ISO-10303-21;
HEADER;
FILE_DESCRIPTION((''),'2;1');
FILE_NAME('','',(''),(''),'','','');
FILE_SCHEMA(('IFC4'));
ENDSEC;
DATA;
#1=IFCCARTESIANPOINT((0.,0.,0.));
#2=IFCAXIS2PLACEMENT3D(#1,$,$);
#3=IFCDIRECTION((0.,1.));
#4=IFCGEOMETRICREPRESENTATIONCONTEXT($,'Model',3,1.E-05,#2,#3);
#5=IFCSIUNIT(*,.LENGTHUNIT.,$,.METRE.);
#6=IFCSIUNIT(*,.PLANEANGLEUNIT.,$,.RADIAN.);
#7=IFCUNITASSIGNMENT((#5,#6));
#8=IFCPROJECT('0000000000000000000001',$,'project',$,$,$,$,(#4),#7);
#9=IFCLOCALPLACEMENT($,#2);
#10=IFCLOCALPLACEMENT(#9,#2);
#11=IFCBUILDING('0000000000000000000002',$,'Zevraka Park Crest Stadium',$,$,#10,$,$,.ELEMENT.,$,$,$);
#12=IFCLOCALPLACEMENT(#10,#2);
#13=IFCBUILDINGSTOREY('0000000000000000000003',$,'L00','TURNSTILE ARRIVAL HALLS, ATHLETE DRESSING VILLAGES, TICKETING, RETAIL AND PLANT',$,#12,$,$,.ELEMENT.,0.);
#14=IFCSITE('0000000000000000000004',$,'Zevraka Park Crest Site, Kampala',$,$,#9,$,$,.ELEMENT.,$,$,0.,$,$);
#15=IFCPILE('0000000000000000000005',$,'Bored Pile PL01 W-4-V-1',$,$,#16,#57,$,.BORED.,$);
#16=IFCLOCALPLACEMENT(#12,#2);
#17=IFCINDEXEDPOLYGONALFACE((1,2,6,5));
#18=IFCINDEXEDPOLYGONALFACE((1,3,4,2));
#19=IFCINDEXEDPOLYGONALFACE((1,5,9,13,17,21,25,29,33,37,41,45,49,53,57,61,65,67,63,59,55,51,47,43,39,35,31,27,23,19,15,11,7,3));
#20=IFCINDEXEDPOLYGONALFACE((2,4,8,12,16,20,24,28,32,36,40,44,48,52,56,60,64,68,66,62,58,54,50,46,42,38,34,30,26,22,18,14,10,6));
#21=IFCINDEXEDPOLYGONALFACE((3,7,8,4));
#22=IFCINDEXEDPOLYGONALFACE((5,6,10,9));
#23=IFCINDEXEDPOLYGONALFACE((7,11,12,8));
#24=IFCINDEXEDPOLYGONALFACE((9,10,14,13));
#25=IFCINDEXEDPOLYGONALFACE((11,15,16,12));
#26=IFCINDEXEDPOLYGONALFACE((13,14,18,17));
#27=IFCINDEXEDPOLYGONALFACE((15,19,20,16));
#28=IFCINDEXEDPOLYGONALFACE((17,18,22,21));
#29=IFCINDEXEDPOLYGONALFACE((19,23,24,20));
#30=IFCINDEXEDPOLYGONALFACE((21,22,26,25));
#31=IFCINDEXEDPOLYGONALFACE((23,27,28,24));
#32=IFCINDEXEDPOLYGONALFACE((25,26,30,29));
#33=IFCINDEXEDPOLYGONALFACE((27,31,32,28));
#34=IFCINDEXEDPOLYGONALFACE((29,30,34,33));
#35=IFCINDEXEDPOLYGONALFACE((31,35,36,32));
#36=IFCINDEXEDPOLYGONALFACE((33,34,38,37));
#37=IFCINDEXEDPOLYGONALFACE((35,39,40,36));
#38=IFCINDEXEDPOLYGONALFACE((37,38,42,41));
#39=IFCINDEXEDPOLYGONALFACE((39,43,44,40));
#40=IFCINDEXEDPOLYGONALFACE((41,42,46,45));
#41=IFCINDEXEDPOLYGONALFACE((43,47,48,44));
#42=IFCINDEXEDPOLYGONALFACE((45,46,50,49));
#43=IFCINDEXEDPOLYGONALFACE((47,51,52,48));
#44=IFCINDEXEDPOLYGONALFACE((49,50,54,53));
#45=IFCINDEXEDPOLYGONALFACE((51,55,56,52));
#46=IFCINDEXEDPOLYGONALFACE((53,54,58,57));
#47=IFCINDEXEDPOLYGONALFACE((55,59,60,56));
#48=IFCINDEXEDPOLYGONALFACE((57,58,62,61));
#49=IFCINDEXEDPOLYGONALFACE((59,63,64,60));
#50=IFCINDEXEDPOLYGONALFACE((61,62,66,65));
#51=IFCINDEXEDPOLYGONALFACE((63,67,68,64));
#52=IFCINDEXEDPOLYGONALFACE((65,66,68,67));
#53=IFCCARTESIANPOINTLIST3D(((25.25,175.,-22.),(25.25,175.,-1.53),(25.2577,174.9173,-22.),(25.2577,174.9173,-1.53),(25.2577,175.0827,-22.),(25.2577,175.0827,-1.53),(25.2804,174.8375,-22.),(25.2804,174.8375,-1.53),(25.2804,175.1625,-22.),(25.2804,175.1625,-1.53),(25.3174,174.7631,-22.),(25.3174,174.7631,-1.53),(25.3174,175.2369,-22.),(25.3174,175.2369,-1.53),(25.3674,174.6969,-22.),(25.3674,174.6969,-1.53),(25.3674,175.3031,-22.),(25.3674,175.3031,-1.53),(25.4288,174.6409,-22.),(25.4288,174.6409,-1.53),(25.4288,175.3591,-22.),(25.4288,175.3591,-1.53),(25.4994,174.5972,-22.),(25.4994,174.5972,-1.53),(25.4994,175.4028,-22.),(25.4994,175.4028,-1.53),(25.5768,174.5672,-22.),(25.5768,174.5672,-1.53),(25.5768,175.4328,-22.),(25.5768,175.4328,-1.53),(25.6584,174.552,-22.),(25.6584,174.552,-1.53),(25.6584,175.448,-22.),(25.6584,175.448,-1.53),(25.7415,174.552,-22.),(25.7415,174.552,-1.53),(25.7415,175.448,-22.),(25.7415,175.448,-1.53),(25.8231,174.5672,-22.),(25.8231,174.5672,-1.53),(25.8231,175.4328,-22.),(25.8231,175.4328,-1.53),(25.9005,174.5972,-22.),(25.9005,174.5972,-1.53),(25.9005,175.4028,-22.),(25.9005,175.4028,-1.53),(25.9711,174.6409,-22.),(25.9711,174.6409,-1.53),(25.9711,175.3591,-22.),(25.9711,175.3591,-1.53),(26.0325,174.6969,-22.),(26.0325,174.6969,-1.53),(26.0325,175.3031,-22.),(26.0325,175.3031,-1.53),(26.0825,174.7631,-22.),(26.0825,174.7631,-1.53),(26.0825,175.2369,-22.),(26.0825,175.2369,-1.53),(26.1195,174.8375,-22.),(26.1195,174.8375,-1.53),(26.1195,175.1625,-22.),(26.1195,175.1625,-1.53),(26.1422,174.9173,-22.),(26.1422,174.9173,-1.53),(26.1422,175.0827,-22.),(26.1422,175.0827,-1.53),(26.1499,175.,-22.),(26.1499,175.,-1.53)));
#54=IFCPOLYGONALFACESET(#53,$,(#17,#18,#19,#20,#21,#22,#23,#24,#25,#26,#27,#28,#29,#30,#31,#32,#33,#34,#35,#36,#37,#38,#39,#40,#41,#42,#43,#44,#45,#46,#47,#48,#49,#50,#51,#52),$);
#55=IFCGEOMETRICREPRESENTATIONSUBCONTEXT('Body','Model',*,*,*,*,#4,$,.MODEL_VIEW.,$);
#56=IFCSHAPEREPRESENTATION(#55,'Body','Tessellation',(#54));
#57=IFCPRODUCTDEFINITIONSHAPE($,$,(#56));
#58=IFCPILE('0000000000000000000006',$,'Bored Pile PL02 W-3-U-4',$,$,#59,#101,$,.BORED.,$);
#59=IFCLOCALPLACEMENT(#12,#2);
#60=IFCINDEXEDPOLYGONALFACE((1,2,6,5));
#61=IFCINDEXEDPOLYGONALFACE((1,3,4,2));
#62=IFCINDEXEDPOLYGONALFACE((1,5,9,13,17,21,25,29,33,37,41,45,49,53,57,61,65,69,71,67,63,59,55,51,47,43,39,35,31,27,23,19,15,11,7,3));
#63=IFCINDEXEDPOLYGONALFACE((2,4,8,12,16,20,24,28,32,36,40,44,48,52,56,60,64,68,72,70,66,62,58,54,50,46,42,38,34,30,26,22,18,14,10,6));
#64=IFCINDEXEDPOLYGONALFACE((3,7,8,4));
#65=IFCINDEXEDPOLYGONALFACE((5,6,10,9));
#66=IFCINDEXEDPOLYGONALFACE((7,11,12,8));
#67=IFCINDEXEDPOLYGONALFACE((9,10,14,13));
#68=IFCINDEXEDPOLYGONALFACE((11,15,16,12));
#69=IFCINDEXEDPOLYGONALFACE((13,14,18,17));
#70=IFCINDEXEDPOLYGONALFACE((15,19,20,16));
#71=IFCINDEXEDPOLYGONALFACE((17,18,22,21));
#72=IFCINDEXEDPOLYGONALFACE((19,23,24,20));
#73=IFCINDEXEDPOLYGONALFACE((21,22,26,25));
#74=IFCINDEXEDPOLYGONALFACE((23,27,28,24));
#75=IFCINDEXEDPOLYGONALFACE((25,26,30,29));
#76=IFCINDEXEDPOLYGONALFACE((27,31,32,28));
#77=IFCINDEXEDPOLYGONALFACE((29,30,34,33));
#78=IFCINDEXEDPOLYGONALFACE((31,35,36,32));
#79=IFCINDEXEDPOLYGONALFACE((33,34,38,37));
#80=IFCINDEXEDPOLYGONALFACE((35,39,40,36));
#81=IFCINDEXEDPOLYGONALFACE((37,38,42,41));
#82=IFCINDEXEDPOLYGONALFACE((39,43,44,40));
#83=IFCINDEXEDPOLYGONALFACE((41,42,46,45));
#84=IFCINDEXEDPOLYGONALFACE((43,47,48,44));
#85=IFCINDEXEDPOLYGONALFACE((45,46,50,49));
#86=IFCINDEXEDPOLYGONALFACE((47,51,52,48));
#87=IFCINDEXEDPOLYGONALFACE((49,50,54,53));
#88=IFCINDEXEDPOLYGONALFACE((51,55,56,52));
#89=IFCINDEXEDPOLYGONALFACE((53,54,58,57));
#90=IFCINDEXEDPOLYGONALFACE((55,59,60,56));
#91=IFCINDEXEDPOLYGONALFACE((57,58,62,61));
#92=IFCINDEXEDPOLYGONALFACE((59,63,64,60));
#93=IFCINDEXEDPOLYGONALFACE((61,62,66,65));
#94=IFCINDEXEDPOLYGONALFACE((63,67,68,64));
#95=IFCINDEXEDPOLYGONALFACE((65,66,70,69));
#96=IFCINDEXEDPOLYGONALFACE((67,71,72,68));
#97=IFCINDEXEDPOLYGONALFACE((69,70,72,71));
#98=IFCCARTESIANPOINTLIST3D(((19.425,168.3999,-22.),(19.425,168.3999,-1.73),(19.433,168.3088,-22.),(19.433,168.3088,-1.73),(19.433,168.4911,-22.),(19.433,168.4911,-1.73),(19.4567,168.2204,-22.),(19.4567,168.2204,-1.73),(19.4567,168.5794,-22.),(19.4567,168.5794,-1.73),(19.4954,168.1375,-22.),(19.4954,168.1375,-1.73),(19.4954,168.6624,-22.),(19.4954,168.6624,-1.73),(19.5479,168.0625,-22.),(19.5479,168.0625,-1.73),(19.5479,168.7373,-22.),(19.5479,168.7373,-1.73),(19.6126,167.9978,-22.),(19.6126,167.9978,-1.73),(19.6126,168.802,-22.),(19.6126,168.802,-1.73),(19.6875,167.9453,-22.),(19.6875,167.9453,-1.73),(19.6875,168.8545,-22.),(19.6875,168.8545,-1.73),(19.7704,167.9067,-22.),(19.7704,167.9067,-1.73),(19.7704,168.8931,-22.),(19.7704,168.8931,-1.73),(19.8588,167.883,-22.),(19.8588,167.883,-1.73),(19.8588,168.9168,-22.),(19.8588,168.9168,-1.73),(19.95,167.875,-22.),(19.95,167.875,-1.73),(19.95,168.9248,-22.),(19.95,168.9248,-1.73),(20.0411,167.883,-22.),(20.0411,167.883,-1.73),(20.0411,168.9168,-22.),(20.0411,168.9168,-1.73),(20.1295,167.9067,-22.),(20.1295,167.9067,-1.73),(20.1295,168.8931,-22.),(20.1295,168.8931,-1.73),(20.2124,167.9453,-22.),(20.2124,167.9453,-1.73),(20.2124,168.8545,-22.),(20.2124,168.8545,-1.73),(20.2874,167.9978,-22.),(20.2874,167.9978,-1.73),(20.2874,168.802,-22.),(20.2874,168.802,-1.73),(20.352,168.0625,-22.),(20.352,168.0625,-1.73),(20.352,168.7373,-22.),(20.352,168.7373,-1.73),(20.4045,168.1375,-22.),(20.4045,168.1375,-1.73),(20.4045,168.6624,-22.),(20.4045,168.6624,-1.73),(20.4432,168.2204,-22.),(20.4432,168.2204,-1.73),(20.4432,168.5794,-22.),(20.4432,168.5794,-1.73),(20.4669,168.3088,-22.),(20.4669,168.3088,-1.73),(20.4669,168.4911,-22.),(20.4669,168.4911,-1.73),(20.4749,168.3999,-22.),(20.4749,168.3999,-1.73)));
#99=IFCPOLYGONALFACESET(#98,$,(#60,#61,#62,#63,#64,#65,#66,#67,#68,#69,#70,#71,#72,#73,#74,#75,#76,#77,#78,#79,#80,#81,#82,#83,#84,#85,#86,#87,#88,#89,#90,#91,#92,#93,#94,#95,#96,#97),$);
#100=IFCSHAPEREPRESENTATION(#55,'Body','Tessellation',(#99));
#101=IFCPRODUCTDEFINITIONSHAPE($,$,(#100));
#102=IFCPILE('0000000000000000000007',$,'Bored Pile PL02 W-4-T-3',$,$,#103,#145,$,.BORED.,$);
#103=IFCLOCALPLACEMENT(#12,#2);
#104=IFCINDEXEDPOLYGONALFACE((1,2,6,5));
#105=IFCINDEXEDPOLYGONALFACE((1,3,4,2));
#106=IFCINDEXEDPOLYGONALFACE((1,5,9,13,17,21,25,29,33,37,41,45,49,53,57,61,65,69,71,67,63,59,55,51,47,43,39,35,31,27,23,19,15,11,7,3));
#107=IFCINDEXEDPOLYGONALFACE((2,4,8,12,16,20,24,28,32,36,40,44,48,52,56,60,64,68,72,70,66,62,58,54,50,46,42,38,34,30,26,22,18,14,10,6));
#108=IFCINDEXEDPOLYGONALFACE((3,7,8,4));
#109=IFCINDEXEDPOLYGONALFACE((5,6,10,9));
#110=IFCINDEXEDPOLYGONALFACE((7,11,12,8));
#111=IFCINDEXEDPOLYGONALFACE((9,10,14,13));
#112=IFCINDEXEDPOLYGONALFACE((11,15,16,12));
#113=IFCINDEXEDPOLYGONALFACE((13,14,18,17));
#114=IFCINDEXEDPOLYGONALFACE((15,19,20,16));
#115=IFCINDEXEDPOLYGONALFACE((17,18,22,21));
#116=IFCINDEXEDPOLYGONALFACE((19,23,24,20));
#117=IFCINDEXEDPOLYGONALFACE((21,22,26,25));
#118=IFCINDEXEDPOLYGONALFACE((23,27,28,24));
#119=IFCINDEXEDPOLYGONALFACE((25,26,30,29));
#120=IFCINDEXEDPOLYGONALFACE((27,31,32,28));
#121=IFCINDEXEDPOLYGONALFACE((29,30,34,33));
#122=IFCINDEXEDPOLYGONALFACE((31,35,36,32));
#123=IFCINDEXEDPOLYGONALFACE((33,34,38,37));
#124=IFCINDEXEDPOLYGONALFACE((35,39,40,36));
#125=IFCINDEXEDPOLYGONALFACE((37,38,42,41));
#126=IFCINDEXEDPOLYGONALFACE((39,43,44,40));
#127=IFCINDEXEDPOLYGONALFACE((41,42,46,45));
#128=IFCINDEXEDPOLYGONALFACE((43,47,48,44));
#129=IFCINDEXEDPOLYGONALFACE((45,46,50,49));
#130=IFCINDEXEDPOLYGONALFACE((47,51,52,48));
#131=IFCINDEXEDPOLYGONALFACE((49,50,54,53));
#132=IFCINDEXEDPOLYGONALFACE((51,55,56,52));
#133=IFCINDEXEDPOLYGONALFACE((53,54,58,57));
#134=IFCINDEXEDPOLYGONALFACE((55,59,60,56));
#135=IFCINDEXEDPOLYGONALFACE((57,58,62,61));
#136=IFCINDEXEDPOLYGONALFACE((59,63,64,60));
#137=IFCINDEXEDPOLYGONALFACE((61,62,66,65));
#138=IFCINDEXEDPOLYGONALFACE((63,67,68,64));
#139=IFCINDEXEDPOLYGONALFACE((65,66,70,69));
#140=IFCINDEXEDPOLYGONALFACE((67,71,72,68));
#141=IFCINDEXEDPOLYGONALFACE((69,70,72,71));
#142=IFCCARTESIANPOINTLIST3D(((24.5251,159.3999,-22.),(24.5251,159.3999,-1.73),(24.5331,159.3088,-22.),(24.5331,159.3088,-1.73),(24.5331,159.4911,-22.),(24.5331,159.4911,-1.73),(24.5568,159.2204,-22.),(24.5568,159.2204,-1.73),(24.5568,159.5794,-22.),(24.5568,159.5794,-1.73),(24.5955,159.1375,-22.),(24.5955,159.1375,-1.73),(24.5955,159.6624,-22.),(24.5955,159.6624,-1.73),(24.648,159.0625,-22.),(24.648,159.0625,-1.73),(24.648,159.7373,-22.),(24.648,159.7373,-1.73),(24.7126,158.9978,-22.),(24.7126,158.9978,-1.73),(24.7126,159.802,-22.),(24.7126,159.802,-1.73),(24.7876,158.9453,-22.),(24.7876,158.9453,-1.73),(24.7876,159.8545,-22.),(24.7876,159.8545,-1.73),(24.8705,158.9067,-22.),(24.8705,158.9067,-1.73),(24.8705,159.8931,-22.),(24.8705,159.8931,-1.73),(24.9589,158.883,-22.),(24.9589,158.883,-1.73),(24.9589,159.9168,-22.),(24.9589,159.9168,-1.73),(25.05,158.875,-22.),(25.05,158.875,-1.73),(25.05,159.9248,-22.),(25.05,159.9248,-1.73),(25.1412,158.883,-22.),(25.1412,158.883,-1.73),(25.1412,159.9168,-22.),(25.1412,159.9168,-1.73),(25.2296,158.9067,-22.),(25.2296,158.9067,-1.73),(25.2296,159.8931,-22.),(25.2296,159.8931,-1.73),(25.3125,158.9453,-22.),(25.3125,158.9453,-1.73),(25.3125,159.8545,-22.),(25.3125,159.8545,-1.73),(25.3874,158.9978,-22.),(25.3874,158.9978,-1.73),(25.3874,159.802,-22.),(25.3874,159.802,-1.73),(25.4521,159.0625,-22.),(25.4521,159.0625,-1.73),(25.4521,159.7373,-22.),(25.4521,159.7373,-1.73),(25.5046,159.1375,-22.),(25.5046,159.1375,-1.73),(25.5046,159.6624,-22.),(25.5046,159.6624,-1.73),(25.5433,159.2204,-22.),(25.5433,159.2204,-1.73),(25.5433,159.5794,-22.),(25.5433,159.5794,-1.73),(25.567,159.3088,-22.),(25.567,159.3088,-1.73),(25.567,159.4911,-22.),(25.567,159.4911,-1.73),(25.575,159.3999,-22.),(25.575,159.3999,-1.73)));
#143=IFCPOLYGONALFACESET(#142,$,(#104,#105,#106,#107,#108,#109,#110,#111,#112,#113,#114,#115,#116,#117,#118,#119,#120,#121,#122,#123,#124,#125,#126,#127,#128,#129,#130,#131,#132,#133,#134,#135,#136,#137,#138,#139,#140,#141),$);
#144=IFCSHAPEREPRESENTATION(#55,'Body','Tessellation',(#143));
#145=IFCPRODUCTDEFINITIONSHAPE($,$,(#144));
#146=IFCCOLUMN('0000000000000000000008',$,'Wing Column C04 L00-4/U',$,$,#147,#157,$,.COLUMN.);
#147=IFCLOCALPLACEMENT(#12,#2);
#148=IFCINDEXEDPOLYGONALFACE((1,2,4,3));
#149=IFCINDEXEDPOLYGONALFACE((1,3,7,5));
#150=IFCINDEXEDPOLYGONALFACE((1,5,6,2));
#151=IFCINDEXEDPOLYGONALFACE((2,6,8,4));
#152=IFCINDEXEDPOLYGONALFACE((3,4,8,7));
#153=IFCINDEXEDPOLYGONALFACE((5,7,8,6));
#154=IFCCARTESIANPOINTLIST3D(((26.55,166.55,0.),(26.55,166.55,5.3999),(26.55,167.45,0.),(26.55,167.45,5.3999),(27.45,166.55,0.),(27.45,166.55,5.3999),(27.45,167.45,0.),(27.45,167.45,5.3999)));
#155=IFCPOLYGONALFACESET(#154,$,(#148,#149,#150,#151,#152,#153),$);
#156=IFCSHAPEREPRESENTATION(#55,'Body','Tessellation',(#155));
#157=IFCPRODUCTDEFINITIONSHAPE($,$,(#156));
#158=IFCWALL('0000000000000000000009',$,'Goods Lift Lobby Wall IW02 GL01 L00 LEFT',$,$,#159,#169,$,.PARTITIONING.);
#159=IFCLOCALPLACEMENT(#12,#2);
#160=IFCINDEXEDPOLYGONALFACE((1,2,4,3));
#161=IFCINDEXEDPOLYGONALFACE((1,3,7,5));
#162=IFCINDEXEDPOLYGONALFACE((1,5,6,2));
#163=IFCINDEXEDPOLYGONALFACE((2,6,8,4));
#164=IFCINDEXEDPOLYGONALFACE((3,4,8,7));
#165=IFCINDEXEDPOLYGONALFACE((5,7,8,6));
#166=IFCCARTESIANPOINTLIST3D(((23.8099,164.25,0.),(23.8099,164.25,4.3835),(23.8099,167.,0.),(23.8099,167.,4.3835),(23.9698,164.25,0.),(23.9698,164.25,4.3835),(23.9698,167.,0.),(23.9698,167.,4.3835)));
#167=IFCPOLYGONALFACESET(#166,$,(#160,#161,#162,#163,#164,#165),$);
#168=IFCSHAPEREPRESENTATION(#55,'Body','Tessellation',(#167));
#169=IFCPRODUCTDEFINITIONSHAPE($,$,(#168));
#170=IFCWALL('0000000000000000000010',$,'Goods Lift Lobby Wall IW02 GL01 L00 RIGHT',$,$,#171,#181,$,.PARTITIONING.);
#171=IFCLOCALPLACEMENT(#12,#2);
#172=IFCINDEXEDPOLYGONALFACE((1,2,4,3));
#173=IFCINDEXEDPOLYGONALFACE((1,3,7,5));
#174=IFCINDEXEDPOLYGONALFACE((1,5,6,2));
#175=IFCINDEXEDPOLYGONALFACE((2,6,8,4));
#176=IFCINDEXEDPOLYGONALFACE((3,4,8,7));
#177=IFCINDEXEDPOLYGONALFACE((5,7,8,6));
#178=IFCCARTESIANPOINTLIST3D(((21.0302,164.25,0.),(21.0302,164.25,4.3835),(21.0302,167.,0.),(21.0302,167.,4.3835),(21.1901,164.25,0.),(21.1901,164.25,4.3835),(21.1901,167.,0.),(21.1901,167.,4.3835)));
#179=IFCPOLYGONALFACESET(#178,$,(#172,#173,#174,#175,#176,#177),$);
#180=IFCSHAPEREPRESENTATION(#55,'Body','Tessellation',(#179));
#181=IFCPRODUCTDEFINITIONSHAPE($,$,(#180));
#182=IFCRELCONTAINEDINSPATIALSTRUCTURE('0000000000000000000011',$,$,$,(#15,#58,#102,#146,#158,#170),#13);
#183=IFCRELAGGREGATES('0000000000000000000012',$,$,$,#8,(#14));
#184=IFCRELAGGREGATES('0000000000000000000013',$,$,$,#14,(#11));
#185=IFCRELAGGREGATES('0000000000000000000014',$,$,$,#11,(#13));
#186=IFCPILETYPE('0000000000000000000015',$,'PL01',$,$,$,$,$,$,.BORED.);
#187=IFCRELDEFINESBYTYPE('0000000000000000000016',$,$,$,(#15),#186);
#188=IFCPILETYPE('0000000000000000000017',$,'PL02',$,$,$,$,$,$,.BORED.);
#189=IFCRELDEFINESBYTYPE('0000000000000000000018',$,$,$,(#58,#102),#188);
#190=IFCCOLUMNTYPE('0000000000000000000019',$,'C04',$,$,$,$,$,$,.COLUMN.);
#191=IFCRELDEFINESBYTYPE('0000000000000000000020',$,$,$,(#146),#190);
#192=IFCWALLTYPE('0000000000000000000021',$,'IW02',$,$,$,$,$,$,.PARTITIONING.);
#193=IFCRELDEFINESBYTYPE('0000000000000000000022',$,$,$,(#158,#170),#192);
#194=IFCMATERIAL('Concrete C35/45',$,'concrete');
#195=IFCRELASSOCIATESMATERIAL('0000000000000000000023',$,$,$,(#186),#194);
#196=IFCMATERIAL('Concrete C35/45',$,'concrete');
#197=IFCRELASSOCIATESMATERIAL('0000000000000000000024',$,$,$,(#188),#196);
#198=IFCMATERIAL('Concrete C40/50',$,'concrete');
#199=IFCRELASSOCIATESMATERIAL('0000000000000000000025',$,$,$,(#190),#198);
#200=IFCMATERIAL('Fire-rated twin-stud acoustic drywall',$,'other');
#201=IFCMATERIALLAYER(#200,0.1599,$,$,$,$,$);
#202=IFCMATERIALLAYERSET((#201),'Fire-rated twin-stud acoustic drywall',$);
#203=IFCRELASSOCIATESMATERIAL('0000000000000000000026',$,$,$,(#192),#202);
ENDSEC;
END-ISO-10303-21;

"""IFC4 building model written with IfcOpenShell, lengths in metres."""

from ifc_helpers import new_model, si_unit, direction, frame, frame_2d, origin, origin_2d, place, context, subcontext, project, spatial, rectangle, circle, extrude, material, layer, layer_set, material_profile, profile_set, type_object, element, save


model = new_model("IFC4")

# Units and contexts
model_context = context("Model", 3, precision=1e-05, world=origin(), true_north=direction((0.0, 1.0)))
body_context = subcontext(model_context, "Body", "Model", "MODEL_VIEW")
ifc_project = project(units=[si_unit("LENGTHUNIT", "METRE"), si_unit("PLANEANGLEUNIT", "RADIAN")], contexts=[model_context])

# Site, building, storey
site_placement = place(None, origin())
site = spatial("IfcSite", under=ifc_project, at=site_placement, Name="Zevraka Park Crest Site, Kampala", CompositionType="ELEMENT", RefElevation=0.0)
building_placement = place(site_placement, origin())
building = spatial("IfcBuilding", under=site, at=building_placement, Name="Zevraka Park Crest Stadium", CompositionType="ELEMENT")
storey_placement = place(building_placement, origin())
storey = spatial("IfcBuildingStorey", under=building, at=storey_placement, Name="L00", Description="TURNSTILE ARRIVAL HALLS, ATHLETE DRESSING VILLAGES, TICKETING, RETAIL AND PLANT", CompositionType="ELEMENT", Elevation=0.0)

# Piles
ifc_material_1 = material(Name="Concrete C35/45", Category="concrete")
ifc_material_profile_1 = material_profile(ifc_material_1, circle(Radius=0.45, at=origin_2d()), Name="PILE D900")
ifc_profile_set_1 = profile_set([ifc_material_profile_1], Name="Concrete C35/45")
pile_type_1 = type_object("IfcPileType", Name="PL01", PredefinedType="BORED", material=ifc_profile_set_1)
pile_placement = place(storey_placement, frame((25.7, 175.0, -1.53), z_axis=(0.0, 0.0, -1.0), x_axis=(1.0, 0.0, 0.0)))
element("IfcPile", 1, at=pile_placement, inside=storey, type_object=pile_type_1, Name="Bored Pile PL01 W-4-V-1", PredefinedType="BORED", context=body_context, shape_type="SweptSolid", body=[
    extrude(circle(Radius=0.45, at=origin_2d()), origin(), (0.0, 0.0, 1.0), 20.47),
])
ifc_material_2 = material(Name="Concrete C35/45", Category="concrete")
ifc_material_profile_2 = material_profile(ifc_material_2, circle(Radius=0.5249, at=origin_2d()), Name="PILE D1050")
ifc_profile_set_2 = profile_set([ifc_material_profile_2], Name="Concrete C35/45")
pile_type_2 = type_object("IfcPileType", Name="PL02", PredefinedType="BORED", material=ifc_profile_set_2)
for number, where, z_axis, x_axis, name in (
    (2, (19.95, 168.3999, -1.73), (0.0, 0.0, -1.0), (1.0, 0.0, 0.0), "Bored Pile PL02 W-3-U-4"),
    (3, (25.05, 159.3999, -1.73), (0.0, 0.0, -1.0), (1.0, 0.0, 0.0), "Bored Pile PL02 W-4-T-3"),
):
    element("IfcPile", number, at=place(storey_placement, frame(where, z_axis=z_axis, x_axis=x_axis)), inside=storey, type_object=pile_type_2, Name=name, PredefinedType="BORED", context=body_context, shape_type="SweptSolid", body=[
        extrude(circle(Radius=0.5249, at=origin_2d()), origin(), (0.0, 0.0, 1.0), 20.27),
    ])

# Column
ifc_material_3 = material(Name="Concrete C40/50", Category="concrete")
ifc_material_profile_3 = material_profile(ifc_material_3, rectangle(XDim=0.8999, YDim=0.8999, at=origin_2d()), Name="RC 900x900")
ifc_profile_set_3 = profile_set([ifc_material_profile_3], Name="Concrete C40/50")
column_type = type_object("IfcColumnType", Name="C04", PredefinedType="COLUMN", material=ifc_profile_set_3)
column_placement = place(storey_placement, frame((27.0, 167.0, 0.0), z_axis=(0.0, 0.0, 1.0), x_axis=(1.0, 0.0, 0.0)))
element("IfcColumn", 4, at=column_placement, inside=storey, type_object=column_type, Name="Wing Column C04 L00-4/U", PredefinedType="COLUMN", context=body_context, shape_type="SweptSolid", body=[
    extrude(rectangle(XDim=0.8999, YDim=0.8999, at=origin_2d()), origin(), (0.0, 0.0, 1.0), 5.3999),
])

# Walls
ifc_material_4 = material(Name="Fire-rated twin-stud acoustic drywall", Category="other")
ifc_layer_1 = layer(ifc_material_4, 0.1599)
ifc_layer_set_1 = layer_set([ifc_layer_1], Name="Fire-rated twin-stud acoustic drywall")
wall_type_1 = type_object("IfcWallType", Name="IW02", PredefinedType="PARTITIONING", material=ifc_layer_set_1)
for number, where, z_axis, x_axis, name in (
    (5, (23.8899, 164.25, 0.0), (0.0, 0.0, 1.0), (0.0, 1.0, 0.0), "Goods Lift Lobby Wall IW02 GL01 L00 LEFT"),
    (6, (21.1101, 164.25, 0.0), (0.0, 0.0, 1.0), (0.0, 1.0, 0.0), "Goods Lift Lobby Wall IW02 GL01 L00 RIGHT"),
):
    element("IfcWall", number, at=place(storey_placement, frame(where, z_axis=z_axis, x_axis=x_axis)), inside=storey, type_object=wall_type_1, Name=name, PredefinedType="PARTITIONING", context=body_context, shape_type="SweptSolid", body=[
        extrude(rectangle(XDim=2.75, YDim=0.1599, at=frame_2d((1.375, 0.0))), origin(), (0.0, 0.0, 1.0), 4.3835),
    ])

save(model, "model.ifc")
